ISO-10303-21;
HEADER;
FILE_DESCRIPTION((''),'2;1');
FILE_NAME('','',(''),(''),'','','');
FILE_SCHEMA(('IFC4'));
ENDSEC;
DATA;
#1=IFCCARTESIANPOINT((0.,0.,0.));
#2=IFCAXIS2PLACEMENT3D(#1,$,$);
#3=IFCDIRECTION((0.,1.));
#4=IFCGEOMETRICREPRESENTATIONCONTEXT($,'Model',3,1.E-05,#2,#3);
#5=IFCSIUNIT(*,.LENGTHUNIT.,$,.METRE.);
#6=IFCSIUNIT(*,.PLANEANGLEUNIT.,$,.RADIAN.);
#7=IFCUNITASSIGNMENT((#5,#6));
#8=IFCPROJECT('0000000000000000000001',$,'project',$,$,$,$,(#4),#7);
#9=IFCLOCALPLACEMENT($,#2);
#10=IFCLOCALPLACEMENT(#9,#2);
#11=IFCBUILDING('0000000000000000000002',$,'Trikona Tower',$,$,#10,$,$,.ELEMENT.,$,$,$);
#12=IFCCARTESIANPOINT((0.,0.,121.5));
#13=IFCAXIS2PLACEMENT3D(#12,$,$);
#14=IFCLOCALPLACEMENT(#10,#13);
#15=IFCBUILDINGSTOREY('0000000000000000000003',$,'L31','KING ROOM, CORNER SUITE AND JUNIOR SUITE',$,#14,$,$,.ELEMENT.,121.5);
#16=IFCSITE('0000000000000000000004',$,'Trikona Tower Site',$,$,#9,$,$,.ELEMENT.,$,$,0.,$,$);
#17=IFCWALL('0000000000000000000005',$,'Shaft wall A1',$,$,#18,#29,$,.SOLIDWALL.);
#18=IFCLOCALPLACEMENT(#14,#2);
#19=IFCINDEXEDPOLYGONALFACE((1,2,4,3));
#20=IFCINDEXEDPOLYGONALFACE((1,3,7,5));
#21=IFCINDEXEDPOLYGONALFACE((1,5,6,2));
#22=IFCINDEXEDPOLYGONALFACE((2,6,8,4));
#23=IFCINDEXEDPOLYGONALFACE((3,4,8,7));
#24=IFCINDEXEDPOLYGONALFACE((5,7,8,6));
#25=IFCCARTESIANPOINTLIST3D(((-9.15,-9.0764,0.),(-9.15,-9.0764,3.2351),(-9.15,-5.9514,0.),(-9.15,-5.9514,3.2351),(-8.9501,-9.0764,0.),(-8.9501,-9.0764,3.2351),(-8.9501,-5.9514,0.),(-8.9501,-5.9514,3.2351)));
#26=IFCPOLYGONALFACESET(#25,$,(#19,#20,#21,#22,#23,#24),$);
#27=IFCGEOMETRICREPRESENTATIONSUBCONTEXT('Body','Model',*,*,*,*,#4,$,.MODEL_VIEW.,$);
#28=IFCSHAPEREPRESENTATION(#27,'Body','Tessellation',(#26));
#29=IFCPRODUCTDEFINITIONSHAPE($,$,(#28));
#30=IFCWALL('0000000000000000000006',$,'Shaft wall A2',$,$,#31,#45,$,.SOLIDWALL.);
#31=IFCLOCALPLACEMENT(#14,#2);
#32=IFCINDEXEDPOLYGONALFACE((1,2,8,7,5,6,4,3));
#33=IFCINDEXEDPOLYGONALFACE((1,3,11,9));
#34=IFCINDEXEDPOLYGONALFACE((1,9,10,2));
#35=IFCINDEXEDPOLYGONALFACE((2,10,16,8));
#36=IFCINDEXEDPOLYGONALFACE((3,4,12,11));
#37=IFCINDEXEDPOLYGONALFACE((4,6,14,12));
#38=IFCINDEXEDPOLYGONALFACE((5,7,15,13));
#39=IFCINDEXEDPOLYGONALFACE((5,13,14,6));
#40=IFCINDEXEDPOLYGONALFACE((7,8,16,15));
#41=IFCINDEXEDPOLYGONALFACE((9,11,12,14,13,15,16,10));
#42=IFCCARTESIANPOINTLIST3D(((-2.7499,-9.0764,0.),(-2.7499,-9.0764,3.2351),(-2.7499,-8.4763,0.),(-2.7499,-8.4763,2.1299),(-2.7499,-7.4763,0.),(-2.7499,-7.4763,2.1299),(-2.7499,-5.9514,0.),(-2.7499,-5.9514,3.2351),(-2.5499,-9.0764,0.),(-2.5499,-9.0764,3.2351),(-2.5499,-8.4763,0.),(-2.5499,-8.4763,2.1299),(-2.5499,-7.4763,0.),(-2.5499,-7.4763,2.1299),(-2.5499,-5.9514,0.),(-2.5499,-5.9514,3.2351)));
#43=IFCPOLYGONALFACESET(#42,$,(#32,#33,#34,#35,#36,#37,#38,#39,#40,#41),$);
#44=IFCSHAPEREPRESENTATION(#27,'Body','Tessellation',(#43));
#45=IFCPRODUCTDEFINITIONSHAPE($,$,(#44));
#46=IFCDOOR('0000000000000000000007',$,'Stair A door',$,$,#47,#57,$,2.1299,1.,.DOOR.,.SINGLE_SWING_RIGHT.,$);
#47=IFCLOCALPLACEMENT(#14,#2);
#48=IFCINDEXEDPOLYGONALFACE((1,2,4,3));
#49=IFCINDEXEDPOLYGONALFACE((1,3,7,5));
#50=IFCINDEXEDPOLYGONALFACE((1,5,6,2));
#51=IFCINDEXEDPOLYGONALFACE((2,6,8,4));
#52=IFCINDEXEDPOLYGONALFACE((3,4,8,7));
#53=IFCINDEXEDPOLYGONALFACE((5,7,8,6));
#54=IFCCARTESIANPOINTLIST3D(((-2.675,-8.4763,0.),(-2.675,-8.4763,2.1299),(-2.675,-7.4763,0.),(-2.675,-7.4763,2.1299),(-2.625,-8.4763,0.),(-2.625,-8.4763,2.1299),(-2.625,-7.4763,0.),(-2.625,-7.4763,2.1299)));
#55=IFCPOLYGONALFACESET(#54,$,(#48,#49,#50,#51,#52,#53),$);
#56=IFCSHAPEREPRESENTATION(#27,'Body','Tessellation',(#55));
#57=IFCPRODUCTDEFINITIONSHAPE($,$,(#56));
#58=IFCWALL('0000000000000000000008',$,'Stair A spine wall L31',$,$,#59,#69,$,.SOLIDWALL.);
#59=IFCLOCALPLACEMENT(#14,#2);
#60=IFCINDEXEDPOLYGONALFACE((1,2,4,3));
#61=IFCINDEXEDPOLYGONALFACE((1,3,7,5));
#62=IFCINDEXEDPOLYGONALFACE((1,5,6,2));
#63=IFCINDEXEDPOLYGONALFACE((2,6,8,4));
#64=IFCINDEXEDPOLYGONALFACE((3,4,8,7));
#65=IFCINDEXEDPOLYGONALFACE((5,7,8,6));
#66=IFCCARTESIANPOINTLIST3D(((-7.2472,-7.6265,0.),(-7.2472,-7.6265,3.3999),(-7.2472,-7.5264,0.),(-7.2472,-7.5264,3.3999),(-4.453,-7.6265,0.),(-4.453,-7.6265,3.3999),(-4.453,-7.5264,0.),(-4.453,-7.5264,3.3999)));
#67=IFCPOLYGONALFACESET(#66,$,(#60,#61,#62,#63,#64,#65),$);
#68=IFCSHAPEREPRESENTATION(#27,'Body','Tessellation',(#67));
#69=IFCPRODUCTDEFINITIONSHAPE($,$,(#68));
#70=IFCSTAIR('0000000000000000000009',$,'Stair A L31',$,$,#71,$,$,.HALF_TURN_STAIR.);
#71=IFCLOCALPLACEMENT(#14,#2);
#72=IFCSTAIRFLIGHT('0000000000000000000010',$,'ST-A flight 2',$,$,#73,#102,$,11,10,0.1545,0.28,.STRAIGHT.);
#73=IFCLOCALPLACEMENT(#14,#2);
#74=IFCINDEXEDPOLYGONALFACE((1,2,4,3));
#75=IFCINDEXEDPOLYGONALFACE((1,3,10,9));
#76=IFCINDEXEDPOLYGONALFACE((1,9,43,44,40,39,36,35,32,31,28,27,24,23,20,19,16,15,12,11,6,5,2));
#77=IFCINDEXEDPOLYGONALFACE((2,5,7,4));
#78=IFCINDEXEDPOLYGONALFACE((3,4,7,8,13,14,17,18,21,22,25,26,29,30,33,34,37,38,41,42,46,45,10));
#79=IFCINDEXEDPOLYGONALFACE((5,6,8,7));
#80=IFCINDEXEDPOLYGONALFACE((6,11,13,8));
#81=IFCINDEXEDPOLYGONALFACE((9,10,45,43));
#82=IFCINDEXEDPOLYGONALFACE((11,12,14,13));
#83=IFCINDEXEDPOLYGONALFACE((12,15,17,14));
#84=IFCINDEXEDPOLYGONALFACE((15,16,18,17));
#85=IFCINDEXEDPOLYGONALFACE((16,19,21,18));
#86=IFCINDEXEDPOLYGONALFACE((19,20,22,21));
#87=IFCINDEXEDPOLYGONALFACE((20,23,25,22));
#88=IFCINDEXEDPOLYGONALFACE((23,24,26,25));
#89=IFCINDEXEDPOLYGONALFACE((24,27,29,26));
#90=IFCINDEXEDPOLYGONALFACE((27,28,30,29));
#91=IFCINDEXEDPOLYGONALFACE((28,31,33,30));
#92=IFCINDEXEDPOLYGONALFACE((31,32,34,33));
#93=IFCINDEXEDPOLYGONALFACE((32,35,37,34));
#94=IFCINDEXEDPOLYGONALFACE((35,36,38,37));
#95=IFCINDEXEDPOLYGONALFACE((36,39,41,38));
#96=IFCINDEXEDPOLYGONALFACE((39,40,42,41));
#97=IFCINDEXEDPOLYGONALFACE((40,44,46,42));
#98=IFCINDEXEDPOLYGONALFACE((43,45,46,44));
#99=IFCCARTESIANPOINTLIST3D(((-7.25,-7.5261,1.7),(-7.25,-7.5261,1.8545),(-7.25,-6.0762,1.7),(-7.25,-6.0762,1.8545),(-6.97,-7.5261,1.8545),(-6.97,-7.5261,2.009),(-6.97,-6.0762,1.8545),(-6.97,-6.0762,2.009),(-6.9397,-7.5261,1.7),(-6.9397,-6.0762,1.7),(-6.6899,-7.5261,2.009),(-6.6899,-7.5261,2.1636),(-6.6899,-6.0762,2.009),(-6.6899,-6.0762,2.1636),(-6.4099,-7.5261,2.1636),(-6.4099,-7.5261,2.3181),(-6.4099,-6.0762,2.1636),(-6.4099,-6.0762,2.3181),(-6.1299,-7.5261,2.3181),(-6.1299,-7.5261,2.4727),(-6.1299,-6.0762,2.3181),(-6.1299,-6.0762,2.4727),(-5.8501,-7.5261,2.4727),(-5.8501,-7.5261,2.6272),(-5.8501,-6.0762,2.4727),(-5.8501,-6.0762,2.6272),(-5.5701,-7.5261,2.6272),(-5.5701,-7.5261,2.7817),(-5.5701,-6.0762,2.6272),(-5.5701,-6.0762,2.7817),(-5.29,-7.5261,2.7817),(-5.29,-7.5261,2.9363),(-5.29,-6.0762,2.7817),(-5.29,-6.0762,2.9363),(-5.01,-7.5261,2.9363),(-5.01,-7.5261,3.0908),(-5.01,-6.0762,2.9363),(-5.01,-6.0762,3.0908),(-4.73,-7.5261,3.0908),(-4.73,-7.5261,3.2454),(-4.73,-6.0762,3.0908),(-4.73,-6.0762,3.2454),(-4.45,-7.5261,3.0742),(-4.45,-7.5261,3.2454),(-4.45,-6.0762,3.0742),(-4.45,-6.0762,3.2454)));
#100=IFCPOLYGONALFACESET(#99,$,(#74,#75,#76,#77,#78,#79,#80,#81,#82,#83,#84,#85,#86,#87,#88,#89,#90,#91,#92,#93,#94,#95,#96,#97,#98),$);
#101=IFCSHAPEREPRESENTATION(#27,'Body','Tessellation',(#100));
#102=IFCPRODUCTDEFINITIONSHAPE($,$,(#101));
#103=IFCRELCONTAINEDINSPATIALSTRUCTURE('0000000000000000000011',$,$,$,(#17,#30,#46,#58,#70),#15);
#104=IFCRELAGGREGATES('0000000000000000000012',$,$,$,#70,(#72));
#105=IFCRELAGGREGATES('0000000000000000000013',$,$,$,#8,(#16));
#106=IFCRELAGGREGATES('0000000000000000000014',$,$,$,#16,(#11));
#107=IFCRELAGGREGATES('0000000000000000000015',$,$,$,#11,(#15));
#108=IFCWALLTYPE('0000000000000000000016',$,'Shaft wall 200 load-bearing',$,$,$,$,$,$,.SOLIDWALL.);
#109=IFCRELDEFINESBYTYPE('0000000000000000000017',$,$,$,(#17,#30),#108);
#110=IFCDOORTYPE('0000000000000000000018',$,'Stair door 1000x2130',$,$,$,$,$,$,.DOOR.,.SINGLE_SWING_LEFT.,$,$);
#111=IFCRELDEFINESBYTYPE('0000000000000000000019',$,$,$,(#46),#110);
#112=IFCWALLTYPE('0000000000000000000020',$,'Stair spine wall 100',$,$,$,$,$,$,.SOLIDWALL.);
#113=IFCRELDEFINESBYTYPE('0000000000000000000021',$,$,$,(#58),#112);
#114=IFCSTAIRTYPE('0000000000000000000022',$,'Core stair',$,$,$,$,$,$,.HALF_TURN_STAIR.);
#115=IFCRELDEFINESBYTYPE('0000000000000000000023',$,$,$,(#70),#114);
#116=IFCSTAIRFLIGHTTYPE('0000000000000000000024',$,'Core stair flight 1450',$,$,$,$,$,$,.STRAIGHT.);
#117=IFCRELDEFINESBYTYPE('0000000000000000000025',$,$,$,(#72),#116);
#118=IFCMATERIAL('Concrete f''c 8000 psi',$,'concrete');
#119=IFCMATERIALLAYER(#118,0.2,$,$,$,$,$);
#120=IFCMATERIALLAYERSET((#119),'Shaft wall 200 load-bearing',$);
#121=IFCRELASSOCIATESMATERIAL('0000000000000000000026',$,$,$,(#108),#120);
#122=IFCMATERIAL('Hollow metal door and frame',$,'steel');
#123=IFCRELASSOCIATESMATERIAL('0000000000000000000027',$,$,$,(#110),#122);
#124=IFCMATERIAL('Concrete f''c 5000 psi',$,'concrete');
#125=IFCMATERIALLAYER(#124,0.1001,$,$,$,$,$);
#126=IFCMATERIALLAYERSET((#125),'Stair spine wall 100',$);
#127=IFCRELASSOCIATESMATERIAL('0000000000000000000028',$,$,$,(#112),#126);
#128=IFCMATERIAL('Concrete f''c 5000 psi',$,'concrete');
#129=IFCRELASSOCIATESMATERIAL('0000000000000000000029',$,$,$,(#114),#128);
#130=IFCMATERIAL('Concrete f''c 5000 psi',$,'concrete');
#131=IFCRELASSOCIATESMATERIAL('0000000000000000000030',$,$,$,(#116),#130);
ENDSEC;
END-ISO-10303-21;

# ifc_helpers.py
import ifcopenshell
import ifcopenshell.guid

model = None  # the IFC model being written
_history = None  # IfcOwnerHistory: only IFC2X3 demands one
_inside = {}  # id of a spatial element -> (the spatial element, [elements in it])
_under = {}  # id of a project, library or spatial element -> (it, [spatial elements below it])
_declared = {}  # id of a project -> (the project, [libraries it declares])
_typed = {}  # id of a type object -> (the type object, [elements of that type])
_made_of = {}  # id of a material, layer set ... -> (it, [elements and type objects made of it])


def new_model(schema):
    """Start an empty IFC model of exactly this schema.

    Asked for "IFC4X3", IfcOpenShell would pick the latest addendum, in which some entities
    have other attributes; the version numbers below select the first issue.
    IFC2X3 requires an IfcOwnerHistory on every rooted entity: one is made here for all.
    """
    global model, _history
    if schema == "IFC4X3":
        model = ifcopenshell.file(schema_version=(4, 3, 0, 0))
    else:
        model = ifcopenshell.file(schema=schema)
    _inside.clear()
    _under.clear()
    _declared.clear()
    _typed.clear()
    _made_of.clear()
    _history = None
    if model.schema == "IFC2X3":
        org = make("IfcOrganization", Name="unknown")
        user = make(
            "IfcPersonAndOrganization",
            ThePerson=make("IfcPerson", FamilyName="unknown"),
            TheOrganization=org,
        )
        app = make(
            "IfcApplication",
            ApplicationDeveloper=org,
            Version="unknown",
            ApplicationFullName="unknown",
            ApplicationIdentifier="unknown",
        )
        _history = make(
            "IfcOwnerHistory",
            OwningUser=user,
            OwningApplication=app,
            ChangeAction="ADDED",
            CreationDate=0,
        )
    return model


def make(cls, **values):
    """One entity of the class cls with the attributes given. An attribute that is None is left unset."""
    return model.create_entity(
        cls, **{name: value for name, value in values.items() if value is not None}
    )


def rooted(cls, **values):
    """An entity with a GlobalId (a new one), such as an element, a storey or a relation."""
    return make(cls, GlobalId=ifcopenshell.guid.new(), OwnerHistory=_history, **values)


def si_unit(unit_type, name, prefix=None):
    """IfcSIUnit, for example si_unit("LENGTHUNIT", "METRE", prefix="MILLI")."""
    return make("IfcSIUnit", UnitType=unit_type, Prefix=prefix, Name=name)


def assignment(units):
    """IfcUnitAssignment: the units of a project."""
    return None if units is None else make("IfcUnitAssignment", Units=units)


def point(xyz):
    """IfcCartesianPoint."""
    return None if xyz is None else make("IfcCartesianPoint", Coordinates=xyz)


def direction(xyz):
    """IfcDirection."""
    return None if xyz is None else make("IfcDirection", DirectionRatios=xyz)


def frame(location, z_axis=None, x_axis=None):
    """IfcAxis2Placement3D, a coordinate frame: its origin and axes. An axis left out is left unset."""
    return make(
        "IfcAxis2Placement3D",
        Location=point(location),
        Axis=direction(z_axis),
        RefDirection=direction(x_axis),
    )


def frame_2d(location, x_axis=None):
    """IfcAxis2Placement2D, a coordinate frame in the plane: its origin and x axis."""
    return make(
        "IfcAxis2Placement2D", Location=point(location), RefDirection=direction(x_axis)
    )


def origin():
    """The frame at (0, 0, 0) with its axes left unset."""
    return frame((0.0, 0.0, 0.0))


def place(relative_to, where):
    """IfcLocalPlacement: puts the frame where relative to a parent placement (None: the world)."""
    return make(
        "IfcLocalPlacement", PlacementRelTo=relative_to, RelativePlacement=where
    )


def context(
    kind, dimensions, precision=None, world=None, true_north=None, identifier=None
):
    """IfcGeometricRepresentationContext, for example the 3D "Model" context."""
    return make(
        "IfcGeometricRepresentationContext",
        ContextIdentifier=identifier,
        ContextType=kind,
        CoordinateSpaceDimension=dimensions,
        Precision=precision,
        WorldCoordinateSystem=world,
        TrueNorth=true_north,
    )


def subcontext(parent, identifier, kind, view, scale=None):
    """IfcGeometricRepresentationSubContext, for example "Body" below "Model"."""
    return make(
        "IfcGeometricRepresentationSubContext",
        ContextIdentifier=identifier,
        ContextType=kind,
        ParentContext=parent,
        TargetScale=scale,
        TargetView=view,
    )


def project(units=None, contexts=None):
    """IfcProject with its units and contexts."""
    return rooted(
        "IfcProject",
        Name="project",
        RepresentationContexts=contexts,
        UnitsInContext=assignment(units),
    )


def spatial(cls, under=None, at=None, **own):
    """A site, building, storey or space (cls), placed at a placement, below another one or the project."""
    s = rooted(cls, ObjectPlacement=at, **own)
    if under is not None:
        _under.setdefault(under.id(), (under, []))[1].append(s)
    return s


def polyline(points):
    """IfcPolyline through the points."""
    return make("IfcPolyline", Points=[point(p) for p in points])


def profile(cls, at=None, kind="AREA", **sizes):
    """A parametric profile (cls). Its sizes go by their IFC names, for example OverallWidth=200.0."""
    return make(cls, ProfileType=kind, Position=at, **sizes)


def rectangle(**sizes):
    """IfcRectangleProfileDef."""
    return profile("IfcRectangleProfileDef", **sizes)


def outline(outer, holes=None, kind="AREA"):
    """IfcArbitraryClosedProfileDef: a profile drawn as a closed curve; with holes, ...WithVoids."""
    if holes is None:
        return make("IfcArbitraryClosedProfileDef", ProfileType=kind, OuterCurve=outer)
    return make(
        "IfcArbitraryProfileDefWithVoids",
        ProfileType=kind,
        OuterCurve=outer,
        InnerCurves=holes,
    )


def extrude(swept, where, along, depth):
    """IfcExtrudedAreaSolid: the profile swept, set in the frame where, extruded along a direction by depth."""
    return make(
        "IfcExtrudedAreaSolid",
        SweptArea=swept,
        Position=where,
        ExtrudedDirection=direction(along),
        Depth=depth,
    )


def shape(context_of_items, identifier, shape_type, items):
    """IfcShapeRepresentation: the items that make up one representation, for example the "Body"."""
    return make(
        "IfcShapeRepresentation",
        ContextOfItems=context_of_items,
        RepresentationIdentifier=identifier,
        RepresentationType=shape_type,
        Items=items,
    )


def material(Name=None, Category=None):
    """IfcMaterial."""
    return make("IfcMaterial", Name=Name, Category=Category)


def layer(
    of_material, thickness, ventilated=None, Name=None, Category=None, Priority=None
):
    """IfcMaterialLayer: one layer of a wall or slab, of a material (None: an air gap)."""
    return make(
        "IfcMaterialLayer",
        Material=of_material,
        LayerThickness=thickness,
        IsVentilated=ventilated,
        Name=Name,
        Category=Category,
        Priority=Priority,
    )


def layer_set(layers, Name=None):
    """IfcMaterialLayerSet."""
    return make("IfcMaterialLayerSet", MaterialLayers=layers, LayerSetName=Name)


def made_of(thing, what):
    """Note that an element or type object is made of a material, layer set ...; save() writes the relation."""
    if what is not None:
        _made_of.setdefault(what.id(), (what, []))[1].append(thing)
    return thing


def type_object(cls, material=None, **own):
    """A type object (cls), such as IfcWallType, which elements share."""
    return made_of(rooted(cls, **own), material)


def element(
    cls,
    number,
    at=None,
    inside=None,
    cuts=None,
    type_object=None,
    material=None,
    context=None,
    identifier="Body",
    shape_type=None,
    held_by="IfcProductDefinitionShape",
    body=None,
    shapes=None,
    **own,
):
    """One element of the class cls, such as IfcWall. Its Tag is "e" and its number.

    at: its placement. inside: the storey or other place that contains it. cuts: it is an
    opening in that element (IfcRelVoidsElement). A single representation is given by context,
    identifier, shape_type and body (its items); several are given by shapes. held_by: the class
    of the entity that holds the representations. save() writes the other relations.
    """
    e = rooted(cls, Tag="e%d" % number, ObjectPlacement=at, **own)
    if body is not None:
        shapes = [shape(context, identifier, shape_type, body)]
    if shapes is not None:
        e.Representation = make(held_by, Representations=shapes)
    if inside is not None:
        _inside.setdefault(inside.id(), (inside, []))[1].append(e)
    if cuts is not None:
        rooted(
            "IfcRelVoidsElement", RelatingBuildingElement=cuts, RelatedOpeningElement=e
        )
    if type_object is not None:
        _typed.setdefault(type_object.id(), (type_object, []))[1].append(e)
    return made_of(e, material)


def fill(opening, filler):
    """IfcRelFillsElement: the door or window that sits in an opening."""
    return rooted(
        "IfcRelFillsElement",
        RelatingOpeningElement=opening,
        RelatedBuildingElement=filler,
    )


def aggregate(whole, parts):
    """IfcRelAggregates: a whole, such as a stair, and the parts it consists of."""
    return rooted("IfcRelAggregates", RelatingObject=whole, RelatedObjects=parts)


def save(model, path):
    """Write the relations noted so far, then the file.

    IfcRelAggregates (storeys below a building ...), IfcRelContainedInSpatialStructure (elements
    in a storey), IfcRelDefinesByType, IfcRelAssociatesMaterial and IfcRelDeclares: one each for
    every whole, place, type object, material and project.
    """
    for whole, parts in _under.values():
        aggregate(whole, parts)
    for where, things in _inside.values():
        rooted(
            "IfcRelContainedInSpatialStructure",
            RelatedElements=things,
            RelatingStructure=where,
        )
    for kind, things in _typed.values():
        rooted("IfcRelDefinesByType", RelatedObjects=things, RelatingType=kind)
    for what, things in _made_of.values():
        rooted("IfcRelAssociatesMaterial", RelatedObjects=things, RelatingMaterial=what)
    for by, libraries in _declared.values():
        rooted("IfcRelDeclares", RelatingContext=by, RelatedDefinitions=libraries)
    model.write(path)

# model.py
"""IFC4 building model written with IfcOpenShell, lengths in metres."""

from ifc_helpers import new_model, si_unit, direction, frame, frame_2d, origin, place, context, subcontext, project, spatial, polyline, rectangle, outline, extrude, material, layer, layer_set, type_object, element, fill, aggregate, save


model = new_model("IFC4")

# Units and contexts
model_context = context("Model", 3, precision=1e-05, world=origin(), true_north=direction((0.0, 1.0)))
body_context = subcontext(model_context, "Body", "Model", "MODEL_VIEW")
ifc_project = project(units=[si_unit("LENGTHUNIT", "METRE"), si_unit("PLANEANGLEUNIT", "RADIAN")], contexts=[model_context])

# Site, building, storey
site_placement = place(None, origin())
site = spatial("IfcSite", under=ifc_project, at=site_placement, Name="Trikona Tower Site", CompositionType="ELEMENT", RefElevation=0.0)
building_placement = place(site_placement, origin())
building = spatial("IfcBuilding", under=site, at=building_placement, Name="Trikona Tower", CompositionType="ELEMENT")
storey_placement = place(building_placement, frame((0.0, 0.0, 121.5)))
storey = spatial("IfcBuildingStorey", under=building, at=storey_placement, Name="L31", Description="KING ROOM, CORNER SUITE AND JUNIOR SUITE", CompositionType="ELEMENT", Elevation=121.5)

# Wall
ifc_material_1 = material(Name="Concrete f'c 8000 psi", Category="concrete")
ifc_layer_1 = layer(ifc_material_1, 0.2)
ifc_layer_set_1 = layer_set([ifc_layer_1], Name="Shaft wall 200 load-bearing")
wall_type_1 = type_object("IfcWallType", Name="Shaft wall 200 load-bearing", PredefinedType="SOLIDWALL", material=ifc_layer_set_1)
wall_1_placement = place(storey_placement, frame((-9.05, -5.9514, 0.0), z_axis=(0.0, 0.0, 1.0), x_axis=(0.0, -1.0, 0.0)))
element("IfcWall", 1, at=wall_1_placement, inside=storey, type_object=wall_type_1, Name="Shaft wall A1", PredefinedType="SOLIDWALL", context=body_context, shape_type="SweptSolid", body=[
    extrude(rectangle(XDim=3.125, YDim=0.2, at=frame_2d((1.5625, 0.0))), origin(), (0.0, 0.0, 1.0), 3.2351),
])

# Wall, opening, door
wall_2_placement = place(storey_placement, frame((-2.6499, -5.9514, 0.0), z_axis=(0.0, 0.0, 1.0), x_axis=(0.0, -1.0, 0.0)))
wall_2 = element("IfcWall", 2, at=wall_2_placement, inside=storey, type_object=wall_type_1, Name="Shaft wall A2", PredefinedType="SOLIDWALL", context=body_context, shape_type="SweptSolid", body=[
    extrude(rectangle(XDim=3.125, YDim=0.2, at=frame_2d((1.5625, 0.0))), origin(), (0.0, 0.0, 1.0), 3.2351),
])
opening_1_placement = place(wall_2_placement, frame((1.5249, 0.0, 0.0)))
opening_1 = element("IfcOpeningElement", 3, at=opening_1_placement, cuts=wall_2, PredefinedType="OPENING", context=body_context, shape_type="SweptSolid", body=[
    extrude(rectangle(XDim=1.0, YDim=2.1299, at=frame_2d((0.5, 1.0649))), frame((0.0, 0.1099, 0.0), z_axis=(0.0, -1.0, 0.0), x_axis=(1.0, 0.0, 0.0)), (0.0, 0.0, 1.0), 0.22),
])
ifc_material_2 = material(Name="Hollow metal door and frame", Category="steel")
door_type_1 = type_object("IfcDoorType", Name="Stair door 1000x2130", OperationType="SINGLE_SWING_LEFT", PredefinedType="DOOR", material=ifc_material_2)
door_1_placement = place(opening_1_placement, origin())
door_1 = element("IfcDoor", 4, at=door_1_placement, inside=storey, type_object=door_type_1, Name="Stair A door", OperationType="SINGLE_SWING_RIGHT", OverallHeight=2.1299, OverallWidth=1.0, PredefinedType="DOOR", context=body_context, shape_type="SweptSolid", body=[
    extrude(rectangle(XDim=1.0, YDim=2.1299, at=frame_2d((0.5, 1.0649))), frame((0.0, 0.0249, 0.0), z_axis=(0.0, -1.0, 0.0), x_axis=(1.0, 0.0, 0.0)), (0.0, 0.0, 1.0), 0.05),
])
fill(opening_1, door_1)

# Wall
ifc_material_3 = material(Name="Concrete f'c 5000 psi", Category="concrete")
ifc_layer_2 = layer(ifc_material_3, 0.1001)
ifc_layer_set_2 = layer_set([ifc_layer_2], Name="Stair spine wall 100")
wall_type_2 = type_object("IfcWallType", Name="Stair spine wall 100", PredefinedType="SOLIDWALL", material=ifc_layer_set_2)
wall_3_placement = place(storey_placement, frame((-7.2471, -7.5764, 0.0), z_axis=(0.0, 0.0, 1.0), x_axis=(1.0, 0.0, 0.0)))
element("IfcWall", 5, at=wall_3_placement, inside=storey, type_object=wall_type_2, Name="Stair A spine wall L31", PredefinedType="SOLIDWALL", context=body_context, shape_type="SweptSolid", body=[
    extrude(rectangle(XDim=2.7942, YDim=0.1001, at=frame_2d((1.397, 0.0))), origin(), (0.0, 0.0, 1.0), 3.3999),
])

# Stair, stair flight
ifc_material_4 = material(Name="Concrete f'c 5000 psi", Category="concrete")
stair_type = type_object("IfcStairType", Name="Core stair", PredefinedType="HALF_TURN_STAIR", material=ifc_material_4)
stair_placement = place(storey_placement, origin())
stair = element("IfcStair", 6, at=stair_placement, inside=storey, type_object=stair_type, Name="Stair A L31", PredefinedType="HALF_TURN_STAIR")
ifc_material_5 = material(Name="Concrete f'c 5000 psi", Category="concrete")
stair_flight_type = type_object("IfcStairFlightType", Name="Core stair flight 1450", PredefinedType="STRAIGHT", material=ifc_material_5)
stair_flight_placement = place(storey_placement, frame((-7.25, -6.8013, 1.7), z_axis=(0.0, 0.0, 1.0), x_axis=(1.0, 0.0, 0.0)))
stair_flight = element("IfcStairFlight", 7, at=stair_flight_placement, type_object=stair_flight_type, Name="ST-A flight 2", NumberOfRisers=11, NumberOfTreads=10, PredefinedType="STRAIGHT", RiserHeight=0.1545, TreadLength=0.28, context=body_context, shape_type="SweptSolid", body=[
    extrude(outline(polyline([(0.0, 0.0), (0.0, 0.1545), (0.28, 0.1545), (0.28, 0.3091), (0.5601, 0.3091), (0.5601, 0.4636), (0.8401, 0.4636), (0.8401, 0.6182), (1.1201, 0.6182), (1.1201, 0.7727), (1.3999, 0.7727), (1.3999, 0.9272), (1.6799, 0.9272), (1.6799, 1.0818), (1.96, 1.0818), (1.96, 1.2363), (2.24, 1.2363), (2.24, 1.3909), (2.52, 1.3909), (2.52, 1.5454), (2.8, 1.5454), (2.8, 1.7), (2.8, 1.3743), (0.3103, 0.0), (0.0, 0.0)])), frame((0.0, 0.7251, 0.0), z_axis=(0.0, -1.0, 0.0), x_axis=(1.0, 0.0, 0.0)), (0.0, 0.0, 1.0), 1.45),
])
aggregate(stair, [stair_flight])

save(model, "model.ifc")
